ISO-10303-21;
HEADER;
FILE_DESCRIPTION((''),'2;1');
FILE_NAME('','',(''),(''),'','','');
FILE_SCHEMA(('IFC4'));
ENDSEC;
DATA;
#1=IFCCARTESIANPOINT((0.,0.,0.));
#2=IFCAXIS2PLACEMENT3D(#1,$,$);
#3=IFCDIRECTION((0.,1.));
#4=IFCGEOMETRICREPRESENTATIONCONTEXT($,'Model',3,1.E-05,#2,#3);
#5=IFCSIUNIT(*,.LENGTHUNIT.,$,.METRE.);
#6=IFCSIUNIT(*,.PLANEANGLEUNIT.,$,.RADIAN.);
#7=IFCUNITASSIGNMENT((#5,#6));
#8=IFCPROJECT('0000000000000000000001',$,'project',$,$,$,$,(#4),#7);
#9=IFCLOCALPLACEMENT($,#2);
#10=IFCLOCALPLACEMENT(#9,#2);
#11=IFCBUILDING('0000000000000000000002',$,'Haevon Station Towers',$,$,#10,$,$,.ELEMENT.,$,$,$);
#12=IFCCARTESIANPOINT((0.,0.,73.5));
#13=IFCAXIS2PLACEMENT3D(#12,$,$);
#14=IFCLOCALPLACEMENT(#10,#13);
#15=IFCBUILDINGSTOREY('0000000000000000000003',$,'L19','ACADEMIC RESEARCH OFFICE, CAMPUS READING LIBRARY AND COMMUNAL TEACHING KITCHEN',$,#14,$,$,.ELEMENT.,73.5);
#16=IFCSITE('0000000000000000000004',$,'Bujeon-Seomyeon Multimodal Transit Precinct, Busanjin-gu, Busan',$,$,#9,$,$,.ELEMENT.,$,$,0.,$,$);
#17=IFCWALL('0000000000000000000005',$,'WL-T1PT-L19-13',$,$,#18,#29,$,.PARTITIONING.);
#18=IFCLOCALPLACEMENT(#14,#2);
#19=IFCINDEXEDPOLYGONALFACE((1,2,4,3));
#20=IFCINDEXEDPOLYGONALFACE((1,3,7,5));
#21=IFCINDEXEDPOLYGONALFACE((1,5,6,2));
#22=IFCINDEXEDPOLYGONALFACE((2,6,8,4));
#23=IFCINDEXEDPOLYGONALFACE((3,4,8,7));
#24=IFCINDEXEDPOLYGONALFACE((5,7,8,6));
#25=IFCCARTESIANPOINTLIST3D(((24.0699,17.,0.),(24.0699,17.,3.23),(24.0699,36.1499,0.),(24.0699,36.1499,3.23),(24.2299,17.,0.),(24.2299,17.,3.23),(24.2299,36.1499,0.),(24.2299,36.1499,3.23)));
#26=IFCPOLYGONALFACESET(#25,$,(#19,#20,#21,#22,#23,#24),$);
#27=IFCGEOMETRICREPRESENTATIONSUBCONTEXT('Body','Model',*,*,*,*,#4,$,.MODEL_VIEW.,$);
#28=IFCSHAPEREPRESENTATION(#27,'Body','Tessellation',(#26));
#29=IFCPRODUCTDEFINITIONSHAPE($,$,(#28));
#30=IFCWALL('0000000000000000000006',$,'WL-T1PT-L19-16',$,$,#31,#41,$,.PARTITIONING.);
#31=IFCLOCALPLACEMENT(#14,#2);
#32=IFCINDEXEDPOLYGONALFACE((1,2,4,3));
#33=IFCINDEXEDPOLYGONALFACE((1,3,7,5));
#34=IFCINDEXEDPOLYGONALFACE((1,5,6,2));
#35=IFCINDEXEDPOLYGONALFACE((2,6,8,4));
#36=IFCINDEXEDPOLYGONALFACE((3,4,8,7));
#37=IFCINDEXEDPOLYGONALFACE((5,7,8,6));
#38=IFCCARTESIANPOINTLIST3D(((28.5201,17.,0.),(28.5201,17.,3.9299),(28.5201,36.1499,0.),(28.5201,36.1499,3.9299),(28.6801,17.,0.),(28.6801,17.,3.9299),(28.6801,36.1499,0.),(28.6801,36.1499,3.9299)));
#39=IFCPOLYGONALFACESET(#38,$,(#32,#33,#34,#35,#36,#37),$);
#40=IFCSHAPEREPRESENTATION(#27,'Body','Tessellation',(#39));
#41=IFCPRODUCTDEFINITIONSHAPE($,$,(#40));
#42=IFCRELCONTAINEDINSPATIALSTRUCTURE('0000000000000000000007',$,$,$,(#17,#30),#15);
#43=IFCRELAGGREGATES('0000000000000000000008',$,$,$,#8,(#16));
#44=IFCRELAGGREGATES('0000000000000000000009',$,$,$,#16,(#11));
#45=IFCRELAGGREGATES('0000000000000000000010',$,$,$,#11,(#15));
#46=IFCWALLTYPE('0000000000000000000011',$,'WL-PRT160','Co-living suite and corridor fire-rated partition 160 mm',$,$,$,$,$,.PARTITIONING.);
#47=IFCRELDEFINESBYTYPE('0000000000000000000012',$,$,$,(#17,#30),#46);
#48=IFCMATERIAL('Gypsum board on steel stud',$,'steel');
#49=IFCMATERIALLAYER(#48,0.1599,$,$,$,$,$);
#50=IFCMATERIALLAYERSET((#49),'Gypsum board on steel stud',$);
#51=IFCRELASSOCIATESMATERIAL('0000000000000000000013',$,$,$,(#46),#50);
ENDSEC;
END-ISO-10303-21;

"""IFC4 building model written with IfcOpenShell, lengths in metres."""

from ifc_helpers import new_model, si_unit, direction, frame, frame_2d, origin, place, context, subcontext, project, spatial, rectangle, extrude, material, layer, layer_set, type_object, element, save


model = new_model("IFC4")

# Units and contexts
model_context = context("Model", 3, precision=1e-05, world=origin(), true_north=direction((0.0, 1.0)))
body_context = subcontext(model_context, "Body", "Model", "MODEL_VIEW")
ifc_project = project(units=[si_unit("LENGTHUNIT", "METRE"), si_unit("PLANEANGLEUNIT", "RADIAN")], contexts=[model_context])

# Site, building, storey
site_placement = place(None, origin())
site = spatial("IfcSite", under=ifc_project, at=site_placement, Name="Bujeon-Seomyeon Multimodal Transit Precinct, Busanjin-gu, Busan", CompositionType="ELEMENT", RefElevation=0.0)
building_placement = place(site_placement, origin())
building = spatial("IfcBuilding", under=site, at=building_placement, Name="Haevon Station Towers", CompositionType="ELEMENT")
storey_placement = place(building_placement, frame((0.0, 0.0, 73.5)))
storey = spatial("IfcBuildingStorey", under=building, at=storey_placement, Name="L19", Description="ACADEMIC RESEARCH OFFICE, CAMPUS READING LIBRARY AND COMMUNAL TEACHING KITCHEN", CompositionType="ELEMENT", Elevation=73.5)

# Shared definitions
ifc_material_1 = material(Name="Gypsum board on steel stud", Category="steel")
ifc_layer_1 = layer(ifc_material_1, 0.1599)
ifc_layer_set_1 = layer_set([ifc_layer_1], Name="Gypsum board on steel stud")
wall_type_1 = type_object("IfcWallType", Name="WL-PRT160", Description="Co-living suite and corridor fire-rated partition 160 mm", PredefinedType="PARTITIONING", material=ifc_layer_set_1)

# Walls
wall_1_placement = place(storey_placement, frame((24.1499, 17.0, 0.0), z_axis=(0.0, 0.0, 1.0), x_axis=(0.0, 1.0, 0.0)))
element("IfcWall", 1, at=wall_1_placement, inside=storey, type_object=wall_type_1, Name="WL-T1PT-L19-13", PredefinedType="PARTITIONING", context=body_context, shape_type="SweptSolid", body=[
    extrude(rectangle(XDim=19.1499, YDim=0.1599, at=frame_2d((9.575, 0.0))), origin(), (0.0, 0.0, 1.0), 3.23),
])
wall_2_placement = place(storey_placement, frame((28.6001, 17.0, 0.0), z_axis=(0.0, 0.0, 1.0), x_axis=(0.0, 1.0, 0.0)))
element("IfcWall", 2, at=wall_2_placement, inside=storey, type_object=wall_type_1, Name="WL-T1PT-L19-16", PredefinedType="PARTITIONING", context=body_context, shape_type="SweptSolid", body=[
    extrude(rectangle(XDim=19.1499, YDim=0.1599, at=frame_2d((9.575, 0.0))), origin(), (0.0, 0.0, 1.0), 3.9299),
])

save(model, "model.ifc")
